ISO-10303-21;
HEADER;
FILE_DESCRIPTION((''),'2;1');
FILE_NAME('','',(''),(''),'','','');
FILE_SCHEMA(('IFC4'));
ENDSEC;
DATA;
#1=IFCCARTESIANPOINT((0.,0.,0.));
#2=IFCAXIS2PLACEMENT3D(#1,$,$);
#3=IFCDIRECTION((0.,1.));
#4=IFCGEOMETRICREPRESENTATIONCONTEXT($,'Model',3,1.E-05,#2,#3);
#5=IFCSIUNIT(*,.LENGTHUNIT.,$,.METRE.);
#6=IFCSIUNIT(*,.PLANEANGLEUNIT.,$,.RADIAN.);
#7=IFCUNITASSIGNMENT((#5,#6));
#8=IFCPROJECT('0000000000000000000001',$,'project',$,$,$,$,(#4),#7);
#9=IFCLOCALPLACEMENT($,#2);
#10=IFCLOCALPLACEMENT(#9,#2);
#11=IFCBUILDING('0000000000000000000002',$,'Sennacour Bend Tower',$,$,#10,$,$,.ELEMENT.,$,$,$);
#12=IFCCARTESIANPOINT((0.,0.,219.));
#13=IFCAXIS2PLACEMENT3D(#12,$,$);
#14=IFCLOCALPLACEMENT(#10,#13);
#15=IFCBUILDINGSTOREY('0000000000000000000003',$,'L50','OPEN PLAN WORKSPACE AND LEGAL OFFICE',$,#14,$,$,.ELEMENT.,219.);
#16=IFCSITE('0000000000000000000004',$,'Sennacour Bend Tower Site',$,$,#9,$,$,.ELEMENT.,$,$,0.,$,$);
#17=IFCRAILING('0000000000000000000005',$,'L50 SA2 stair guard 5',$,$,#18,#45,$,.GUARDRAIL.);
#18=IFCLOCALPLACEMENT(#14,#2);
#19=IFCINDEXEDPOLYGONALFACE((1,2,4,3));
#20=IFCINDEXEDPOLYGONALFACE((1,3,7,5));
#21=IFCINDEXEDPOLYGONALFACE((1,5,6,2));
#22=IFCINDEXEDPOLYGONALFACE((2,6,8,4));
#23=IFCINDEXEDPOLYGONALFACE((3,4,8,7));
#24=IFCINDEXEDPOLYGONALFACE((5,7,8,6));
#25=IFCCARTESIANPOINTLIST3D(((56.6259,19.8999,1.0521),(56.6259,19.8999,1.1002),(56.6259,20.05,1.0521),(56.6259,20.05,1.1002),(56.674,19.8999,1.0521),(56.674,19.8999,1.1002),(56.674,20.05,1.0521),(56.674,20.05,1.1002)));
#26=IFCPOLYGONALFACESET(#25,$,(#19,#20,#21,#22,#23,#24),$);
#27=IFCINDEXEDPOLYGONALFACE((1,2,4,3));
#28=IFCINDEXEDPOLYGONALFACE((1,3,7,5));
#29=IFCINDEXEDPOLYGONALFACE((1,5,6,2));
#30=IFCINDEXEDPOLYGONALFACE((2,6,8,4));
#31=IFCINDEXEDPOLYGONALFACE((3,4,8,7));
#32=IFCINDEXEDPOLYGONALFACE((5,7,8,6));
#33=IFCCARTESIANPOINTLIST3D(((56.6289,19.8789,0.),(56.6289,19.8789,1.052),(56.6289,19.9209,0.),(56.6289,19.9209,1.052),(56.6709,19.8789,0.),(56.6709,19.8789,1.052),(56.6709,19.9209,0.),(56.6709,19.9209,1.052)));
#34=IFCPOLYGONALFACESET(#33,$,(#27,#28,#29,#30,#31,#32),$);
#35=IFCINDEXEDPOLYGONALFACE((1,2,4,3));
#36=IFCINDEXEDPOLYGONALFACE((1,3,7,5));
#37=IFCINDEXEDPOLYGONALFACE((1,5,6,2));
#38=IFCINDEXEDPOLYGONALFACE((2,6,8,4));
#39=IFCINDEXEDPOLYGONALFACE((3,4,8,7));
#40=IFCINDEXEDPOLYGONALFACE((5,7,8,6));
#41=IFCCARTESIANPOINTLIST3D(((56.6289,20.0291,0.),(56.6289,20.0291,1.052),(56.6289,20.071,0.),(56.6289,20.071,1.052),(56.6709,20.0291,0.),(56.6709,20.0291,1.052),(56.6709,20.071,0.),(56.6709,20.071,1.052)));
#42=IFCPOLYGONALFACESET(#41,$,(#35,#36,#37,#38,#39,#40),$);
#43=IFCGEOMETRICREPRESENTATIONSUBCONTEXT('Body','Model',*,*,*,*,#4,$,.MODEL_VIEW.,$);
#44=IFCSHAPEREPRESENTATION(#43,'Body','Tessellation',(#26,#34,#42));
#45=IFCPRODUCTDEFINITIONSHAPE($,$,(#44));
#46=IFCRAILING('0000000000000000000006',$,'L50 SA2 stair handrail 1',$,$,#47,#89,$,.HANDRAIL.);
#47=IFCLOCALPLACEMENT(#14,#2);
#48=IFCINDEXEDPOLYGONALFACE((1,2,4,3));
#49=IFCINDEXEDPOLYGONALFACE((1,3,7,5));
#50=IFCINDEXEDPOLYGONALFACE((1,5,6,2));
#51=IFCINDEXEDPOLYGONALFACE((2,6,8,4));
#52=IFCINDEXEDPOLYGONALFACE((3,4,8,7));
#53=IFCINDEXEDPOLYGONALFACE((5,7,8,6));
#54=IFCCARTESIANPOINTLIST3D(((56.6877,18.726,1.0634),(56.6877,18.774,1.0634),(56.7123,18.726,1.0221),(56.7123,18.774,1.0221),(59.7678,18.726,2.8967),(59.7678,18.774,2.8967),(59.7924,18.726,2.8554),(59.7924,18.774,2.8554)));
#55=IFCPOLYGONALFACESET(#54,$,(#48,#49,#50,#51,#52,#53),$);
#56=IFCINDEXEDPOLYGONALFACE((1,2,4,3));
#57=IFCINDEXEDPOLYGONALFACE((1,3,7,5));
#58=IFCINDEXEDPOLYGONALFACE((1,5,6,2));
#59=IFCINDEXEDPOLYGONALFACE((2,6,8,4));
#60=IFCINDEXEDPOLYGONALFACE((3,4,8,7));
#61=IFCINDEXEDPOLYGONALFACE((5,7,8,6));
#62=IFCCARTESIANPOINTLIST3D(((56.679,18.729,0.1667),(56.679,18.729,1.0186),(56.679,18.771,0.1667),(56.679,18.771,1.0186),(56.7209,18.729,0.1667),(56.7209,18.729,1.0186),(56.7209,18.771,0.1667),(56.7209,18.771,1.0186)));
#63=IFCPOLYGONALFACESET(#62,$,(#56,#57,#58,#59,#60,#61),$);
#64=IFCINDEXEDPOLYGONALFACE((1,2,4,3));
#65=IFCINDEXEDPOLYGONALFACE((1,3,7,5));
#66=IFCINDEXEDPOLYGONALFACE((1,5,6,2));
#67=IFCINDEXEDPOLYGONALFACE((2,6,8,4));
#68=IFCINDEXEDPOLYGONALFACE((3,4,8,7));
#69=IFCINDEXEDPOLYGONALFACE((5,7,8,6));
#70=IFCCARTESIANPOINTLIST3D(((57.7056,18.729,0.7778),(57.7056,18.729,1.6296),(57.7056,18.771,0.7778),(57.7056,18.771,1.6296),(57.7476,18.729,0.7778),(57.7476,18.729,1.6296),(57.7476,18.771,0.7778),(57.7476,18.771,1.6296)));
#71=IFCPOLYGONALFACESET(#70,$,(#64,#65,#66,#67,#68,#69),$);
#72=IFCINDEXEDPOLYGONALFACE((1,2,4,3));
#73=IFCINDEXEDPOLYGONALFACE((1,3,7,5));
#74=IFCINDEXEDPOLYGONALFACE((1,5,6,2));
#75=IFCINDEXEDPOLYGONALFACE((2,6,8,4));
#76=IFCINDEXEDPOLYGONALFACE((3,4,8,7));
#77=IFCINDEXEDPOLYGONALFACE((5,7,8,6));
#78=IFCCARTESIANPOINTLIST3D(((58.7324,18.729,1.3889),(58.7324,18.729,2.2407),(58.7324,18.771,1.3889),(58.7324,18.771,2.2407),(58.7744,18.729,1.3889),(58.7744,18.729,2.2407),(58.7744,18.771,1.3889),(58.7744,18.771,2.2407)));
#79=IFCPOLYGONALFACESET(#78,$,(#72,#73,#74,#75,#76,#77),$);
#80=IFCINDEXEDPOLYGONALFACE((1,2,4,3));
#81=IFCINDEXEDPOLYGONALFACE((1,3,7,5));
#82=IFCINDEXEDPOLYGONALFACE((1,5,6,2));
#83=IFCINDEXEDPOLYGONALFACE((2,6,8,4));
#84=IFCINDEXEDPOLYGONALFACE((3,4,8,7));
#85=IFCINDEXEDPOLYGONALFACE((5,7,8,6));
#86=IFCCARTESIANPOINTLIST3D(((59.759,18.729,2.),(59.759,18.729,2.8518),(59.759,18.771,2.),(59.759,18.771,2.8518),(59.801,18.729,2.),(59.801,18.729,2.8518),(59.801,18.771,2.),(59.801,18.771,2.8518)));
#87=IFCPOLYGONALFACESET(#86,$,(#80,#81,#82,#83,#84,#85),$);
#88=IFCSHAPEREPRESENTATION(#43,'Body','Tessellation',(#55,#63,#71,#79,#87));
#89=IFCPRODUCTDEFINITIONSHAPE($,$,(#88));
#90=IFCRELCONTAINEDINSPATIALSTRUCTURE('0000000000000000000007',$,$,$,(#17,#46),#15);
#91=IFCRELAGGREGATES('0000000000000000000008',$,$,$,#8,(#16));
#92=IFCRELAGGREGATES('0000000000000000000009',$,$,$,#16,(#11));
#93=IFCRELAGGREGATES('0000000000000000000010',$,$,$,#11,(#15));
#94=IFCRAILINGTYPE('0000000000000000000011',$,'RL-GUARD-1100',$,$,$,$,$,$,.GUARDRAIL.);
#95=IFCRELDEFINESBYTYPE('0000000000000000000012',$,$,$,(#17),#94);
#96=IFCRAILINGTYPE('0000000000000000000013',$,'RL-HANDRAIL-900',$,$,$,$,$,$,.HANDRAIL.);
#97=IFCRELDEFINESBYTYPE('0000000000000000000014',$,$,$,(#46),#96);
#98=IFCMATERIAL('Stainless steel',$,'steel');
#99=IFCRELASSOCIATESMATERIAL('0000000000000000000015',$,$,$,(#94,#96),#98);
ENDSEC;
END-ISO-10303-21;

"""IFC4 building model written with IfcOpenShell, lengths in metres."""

from ifc_helpers import new_model, si_unit, direction, frame, origin, origin_2d, place, context, subcontext, project, spatial, rectangle, extrude, material, type_object, element, save


model = new_model("IFC4")

# Units and contexts
model_context = context("Model", 3, precision=1e-05, world=origin(), true_north=direction((0.0, 1.0)))
body_context = subcontext(model_context, "Body", "Model", "MODEL_VIEW")
ifc_project = project(units=[si_unit("LENGTHUNIT", "METRE"), si_unit("PLANEANGLEUNIT", "RADIAN")], contexts=[model_context])

# Site, building, storey
site_placement = place(None, origin())
site = spatial("IfcSite", under=ifc_project, at=site_placement, Name="Sennacour Bend Tower Site", CompositionType="ELEMENT", RefElevation=0.0)
building_placement = place(site_placement, origin())
building = spatial("IfcBuilding", under=site, at=building_placement, Name="Sennacour Bend Tower", CompositionType="ELEMENT")
storey_placement = place(building_placement, frame((0.0, 0.0, 219.0)))
storey = spatial("IfcBuildingStorey", under=building, at=storey_placement, Name="L50", Description="OPEN PLAN WORKSPACE AND LEGAL OFFICE", CompositionType="ELEMENT", Elevation=219.0)

# Shared definitions
ifc_material_1 = material(Name="Stainless steel", Category="steel")

# Railings
railing_type_1 = type_object("IfcRailingType", Name="RL-GUARD-1100", PredefinedType="GUARDRAIL", material=ifc_material_1)
railing_1_placement = place(storey_placement, frame((56.6499, 19.8999, 0.0)))
element("IfcRailing", 1, at=railing_1_placement, inside=storey, type_object=railing_type_1, Name="L50 SA2 stair guard 5", PredefinedType="GUARDRAIL", context=body_context, shape_type="SweptSolid", body=[
    extrude(rectangle(XDim=0.0481, YDim=0.0481, at=origin_2d()), frame((0.0, 0.0, 1.0762), z_axis=(0.0, 1.0, 0.0), x_axis=(-1.0, 0.0, 0.0)), (0.0, 0.0, 1.0), 0.1501),
    extrude(rectangle(XDim=0.042, YDim=0.042, at=origin_2d()), origin(), (0.0, 0.0, 1.0), 1.052),
    extrude(rectangle(XDim=0.042, YDim=0.042, at=origin_2d()), frame((0.0, 0.1501, 0.0)), (0.0, 0.0, 1.0), 1.052),
])
railing_type_2 = type_object("IfcRailingType", Name="RL-HANDRAIL-900", PredefinedType="HANDRAIL", material=ifc_material_1)
railing_2_placement = place(storey_placement, frame((56.7, 18.75, 0.1667)))
element("IfcRailing", 2, at=railing_2_placement, inside=storey, type_object=railing_type_2, Name="L50 SA2 stair handrail 1", PredefinedType="HANDRAIL", context=body_context, shape_type="SweptSolid", body=[
    extrude(rectangle(XDim=0.0481, YDim=0.0481, at=origin_2d()), frame((0.0, 0.0, 0.876), z_axis=(0.859309, 0.0, 0.511458), x_axis=(0.0, 1.0, 0.0)), (0.0, 0.0, 1.0), 3.5845),
    extrude(rectangle(XDim=0.042, YDim=0.042, at=origin_2d()), origin(), (0.0, 0.0, 1.0), 0.8518),
    extrude(rectangle(XDim=0.042, YDim=0.042, at=origin_2d()), frame((1.0266, 0.0, 0.6111)), (0.0, 0.0, 1.0), 0.8518),
    extrude(rectangle(XDim=0.042, YDim=0.042, at=origin_2d()), frame((2.0535, 0.0, 1.2222)), (0.0, 0.0, 1.0), 0.8518),
    extrude(rectangle(XDim=0.042, YDim=0.042, at=origin_2d()), frame((3.0801, 0.0, 1.8333)), (0.0, 0.0, 1.0), 0.8518),
])

save(model, "model.ifc")
